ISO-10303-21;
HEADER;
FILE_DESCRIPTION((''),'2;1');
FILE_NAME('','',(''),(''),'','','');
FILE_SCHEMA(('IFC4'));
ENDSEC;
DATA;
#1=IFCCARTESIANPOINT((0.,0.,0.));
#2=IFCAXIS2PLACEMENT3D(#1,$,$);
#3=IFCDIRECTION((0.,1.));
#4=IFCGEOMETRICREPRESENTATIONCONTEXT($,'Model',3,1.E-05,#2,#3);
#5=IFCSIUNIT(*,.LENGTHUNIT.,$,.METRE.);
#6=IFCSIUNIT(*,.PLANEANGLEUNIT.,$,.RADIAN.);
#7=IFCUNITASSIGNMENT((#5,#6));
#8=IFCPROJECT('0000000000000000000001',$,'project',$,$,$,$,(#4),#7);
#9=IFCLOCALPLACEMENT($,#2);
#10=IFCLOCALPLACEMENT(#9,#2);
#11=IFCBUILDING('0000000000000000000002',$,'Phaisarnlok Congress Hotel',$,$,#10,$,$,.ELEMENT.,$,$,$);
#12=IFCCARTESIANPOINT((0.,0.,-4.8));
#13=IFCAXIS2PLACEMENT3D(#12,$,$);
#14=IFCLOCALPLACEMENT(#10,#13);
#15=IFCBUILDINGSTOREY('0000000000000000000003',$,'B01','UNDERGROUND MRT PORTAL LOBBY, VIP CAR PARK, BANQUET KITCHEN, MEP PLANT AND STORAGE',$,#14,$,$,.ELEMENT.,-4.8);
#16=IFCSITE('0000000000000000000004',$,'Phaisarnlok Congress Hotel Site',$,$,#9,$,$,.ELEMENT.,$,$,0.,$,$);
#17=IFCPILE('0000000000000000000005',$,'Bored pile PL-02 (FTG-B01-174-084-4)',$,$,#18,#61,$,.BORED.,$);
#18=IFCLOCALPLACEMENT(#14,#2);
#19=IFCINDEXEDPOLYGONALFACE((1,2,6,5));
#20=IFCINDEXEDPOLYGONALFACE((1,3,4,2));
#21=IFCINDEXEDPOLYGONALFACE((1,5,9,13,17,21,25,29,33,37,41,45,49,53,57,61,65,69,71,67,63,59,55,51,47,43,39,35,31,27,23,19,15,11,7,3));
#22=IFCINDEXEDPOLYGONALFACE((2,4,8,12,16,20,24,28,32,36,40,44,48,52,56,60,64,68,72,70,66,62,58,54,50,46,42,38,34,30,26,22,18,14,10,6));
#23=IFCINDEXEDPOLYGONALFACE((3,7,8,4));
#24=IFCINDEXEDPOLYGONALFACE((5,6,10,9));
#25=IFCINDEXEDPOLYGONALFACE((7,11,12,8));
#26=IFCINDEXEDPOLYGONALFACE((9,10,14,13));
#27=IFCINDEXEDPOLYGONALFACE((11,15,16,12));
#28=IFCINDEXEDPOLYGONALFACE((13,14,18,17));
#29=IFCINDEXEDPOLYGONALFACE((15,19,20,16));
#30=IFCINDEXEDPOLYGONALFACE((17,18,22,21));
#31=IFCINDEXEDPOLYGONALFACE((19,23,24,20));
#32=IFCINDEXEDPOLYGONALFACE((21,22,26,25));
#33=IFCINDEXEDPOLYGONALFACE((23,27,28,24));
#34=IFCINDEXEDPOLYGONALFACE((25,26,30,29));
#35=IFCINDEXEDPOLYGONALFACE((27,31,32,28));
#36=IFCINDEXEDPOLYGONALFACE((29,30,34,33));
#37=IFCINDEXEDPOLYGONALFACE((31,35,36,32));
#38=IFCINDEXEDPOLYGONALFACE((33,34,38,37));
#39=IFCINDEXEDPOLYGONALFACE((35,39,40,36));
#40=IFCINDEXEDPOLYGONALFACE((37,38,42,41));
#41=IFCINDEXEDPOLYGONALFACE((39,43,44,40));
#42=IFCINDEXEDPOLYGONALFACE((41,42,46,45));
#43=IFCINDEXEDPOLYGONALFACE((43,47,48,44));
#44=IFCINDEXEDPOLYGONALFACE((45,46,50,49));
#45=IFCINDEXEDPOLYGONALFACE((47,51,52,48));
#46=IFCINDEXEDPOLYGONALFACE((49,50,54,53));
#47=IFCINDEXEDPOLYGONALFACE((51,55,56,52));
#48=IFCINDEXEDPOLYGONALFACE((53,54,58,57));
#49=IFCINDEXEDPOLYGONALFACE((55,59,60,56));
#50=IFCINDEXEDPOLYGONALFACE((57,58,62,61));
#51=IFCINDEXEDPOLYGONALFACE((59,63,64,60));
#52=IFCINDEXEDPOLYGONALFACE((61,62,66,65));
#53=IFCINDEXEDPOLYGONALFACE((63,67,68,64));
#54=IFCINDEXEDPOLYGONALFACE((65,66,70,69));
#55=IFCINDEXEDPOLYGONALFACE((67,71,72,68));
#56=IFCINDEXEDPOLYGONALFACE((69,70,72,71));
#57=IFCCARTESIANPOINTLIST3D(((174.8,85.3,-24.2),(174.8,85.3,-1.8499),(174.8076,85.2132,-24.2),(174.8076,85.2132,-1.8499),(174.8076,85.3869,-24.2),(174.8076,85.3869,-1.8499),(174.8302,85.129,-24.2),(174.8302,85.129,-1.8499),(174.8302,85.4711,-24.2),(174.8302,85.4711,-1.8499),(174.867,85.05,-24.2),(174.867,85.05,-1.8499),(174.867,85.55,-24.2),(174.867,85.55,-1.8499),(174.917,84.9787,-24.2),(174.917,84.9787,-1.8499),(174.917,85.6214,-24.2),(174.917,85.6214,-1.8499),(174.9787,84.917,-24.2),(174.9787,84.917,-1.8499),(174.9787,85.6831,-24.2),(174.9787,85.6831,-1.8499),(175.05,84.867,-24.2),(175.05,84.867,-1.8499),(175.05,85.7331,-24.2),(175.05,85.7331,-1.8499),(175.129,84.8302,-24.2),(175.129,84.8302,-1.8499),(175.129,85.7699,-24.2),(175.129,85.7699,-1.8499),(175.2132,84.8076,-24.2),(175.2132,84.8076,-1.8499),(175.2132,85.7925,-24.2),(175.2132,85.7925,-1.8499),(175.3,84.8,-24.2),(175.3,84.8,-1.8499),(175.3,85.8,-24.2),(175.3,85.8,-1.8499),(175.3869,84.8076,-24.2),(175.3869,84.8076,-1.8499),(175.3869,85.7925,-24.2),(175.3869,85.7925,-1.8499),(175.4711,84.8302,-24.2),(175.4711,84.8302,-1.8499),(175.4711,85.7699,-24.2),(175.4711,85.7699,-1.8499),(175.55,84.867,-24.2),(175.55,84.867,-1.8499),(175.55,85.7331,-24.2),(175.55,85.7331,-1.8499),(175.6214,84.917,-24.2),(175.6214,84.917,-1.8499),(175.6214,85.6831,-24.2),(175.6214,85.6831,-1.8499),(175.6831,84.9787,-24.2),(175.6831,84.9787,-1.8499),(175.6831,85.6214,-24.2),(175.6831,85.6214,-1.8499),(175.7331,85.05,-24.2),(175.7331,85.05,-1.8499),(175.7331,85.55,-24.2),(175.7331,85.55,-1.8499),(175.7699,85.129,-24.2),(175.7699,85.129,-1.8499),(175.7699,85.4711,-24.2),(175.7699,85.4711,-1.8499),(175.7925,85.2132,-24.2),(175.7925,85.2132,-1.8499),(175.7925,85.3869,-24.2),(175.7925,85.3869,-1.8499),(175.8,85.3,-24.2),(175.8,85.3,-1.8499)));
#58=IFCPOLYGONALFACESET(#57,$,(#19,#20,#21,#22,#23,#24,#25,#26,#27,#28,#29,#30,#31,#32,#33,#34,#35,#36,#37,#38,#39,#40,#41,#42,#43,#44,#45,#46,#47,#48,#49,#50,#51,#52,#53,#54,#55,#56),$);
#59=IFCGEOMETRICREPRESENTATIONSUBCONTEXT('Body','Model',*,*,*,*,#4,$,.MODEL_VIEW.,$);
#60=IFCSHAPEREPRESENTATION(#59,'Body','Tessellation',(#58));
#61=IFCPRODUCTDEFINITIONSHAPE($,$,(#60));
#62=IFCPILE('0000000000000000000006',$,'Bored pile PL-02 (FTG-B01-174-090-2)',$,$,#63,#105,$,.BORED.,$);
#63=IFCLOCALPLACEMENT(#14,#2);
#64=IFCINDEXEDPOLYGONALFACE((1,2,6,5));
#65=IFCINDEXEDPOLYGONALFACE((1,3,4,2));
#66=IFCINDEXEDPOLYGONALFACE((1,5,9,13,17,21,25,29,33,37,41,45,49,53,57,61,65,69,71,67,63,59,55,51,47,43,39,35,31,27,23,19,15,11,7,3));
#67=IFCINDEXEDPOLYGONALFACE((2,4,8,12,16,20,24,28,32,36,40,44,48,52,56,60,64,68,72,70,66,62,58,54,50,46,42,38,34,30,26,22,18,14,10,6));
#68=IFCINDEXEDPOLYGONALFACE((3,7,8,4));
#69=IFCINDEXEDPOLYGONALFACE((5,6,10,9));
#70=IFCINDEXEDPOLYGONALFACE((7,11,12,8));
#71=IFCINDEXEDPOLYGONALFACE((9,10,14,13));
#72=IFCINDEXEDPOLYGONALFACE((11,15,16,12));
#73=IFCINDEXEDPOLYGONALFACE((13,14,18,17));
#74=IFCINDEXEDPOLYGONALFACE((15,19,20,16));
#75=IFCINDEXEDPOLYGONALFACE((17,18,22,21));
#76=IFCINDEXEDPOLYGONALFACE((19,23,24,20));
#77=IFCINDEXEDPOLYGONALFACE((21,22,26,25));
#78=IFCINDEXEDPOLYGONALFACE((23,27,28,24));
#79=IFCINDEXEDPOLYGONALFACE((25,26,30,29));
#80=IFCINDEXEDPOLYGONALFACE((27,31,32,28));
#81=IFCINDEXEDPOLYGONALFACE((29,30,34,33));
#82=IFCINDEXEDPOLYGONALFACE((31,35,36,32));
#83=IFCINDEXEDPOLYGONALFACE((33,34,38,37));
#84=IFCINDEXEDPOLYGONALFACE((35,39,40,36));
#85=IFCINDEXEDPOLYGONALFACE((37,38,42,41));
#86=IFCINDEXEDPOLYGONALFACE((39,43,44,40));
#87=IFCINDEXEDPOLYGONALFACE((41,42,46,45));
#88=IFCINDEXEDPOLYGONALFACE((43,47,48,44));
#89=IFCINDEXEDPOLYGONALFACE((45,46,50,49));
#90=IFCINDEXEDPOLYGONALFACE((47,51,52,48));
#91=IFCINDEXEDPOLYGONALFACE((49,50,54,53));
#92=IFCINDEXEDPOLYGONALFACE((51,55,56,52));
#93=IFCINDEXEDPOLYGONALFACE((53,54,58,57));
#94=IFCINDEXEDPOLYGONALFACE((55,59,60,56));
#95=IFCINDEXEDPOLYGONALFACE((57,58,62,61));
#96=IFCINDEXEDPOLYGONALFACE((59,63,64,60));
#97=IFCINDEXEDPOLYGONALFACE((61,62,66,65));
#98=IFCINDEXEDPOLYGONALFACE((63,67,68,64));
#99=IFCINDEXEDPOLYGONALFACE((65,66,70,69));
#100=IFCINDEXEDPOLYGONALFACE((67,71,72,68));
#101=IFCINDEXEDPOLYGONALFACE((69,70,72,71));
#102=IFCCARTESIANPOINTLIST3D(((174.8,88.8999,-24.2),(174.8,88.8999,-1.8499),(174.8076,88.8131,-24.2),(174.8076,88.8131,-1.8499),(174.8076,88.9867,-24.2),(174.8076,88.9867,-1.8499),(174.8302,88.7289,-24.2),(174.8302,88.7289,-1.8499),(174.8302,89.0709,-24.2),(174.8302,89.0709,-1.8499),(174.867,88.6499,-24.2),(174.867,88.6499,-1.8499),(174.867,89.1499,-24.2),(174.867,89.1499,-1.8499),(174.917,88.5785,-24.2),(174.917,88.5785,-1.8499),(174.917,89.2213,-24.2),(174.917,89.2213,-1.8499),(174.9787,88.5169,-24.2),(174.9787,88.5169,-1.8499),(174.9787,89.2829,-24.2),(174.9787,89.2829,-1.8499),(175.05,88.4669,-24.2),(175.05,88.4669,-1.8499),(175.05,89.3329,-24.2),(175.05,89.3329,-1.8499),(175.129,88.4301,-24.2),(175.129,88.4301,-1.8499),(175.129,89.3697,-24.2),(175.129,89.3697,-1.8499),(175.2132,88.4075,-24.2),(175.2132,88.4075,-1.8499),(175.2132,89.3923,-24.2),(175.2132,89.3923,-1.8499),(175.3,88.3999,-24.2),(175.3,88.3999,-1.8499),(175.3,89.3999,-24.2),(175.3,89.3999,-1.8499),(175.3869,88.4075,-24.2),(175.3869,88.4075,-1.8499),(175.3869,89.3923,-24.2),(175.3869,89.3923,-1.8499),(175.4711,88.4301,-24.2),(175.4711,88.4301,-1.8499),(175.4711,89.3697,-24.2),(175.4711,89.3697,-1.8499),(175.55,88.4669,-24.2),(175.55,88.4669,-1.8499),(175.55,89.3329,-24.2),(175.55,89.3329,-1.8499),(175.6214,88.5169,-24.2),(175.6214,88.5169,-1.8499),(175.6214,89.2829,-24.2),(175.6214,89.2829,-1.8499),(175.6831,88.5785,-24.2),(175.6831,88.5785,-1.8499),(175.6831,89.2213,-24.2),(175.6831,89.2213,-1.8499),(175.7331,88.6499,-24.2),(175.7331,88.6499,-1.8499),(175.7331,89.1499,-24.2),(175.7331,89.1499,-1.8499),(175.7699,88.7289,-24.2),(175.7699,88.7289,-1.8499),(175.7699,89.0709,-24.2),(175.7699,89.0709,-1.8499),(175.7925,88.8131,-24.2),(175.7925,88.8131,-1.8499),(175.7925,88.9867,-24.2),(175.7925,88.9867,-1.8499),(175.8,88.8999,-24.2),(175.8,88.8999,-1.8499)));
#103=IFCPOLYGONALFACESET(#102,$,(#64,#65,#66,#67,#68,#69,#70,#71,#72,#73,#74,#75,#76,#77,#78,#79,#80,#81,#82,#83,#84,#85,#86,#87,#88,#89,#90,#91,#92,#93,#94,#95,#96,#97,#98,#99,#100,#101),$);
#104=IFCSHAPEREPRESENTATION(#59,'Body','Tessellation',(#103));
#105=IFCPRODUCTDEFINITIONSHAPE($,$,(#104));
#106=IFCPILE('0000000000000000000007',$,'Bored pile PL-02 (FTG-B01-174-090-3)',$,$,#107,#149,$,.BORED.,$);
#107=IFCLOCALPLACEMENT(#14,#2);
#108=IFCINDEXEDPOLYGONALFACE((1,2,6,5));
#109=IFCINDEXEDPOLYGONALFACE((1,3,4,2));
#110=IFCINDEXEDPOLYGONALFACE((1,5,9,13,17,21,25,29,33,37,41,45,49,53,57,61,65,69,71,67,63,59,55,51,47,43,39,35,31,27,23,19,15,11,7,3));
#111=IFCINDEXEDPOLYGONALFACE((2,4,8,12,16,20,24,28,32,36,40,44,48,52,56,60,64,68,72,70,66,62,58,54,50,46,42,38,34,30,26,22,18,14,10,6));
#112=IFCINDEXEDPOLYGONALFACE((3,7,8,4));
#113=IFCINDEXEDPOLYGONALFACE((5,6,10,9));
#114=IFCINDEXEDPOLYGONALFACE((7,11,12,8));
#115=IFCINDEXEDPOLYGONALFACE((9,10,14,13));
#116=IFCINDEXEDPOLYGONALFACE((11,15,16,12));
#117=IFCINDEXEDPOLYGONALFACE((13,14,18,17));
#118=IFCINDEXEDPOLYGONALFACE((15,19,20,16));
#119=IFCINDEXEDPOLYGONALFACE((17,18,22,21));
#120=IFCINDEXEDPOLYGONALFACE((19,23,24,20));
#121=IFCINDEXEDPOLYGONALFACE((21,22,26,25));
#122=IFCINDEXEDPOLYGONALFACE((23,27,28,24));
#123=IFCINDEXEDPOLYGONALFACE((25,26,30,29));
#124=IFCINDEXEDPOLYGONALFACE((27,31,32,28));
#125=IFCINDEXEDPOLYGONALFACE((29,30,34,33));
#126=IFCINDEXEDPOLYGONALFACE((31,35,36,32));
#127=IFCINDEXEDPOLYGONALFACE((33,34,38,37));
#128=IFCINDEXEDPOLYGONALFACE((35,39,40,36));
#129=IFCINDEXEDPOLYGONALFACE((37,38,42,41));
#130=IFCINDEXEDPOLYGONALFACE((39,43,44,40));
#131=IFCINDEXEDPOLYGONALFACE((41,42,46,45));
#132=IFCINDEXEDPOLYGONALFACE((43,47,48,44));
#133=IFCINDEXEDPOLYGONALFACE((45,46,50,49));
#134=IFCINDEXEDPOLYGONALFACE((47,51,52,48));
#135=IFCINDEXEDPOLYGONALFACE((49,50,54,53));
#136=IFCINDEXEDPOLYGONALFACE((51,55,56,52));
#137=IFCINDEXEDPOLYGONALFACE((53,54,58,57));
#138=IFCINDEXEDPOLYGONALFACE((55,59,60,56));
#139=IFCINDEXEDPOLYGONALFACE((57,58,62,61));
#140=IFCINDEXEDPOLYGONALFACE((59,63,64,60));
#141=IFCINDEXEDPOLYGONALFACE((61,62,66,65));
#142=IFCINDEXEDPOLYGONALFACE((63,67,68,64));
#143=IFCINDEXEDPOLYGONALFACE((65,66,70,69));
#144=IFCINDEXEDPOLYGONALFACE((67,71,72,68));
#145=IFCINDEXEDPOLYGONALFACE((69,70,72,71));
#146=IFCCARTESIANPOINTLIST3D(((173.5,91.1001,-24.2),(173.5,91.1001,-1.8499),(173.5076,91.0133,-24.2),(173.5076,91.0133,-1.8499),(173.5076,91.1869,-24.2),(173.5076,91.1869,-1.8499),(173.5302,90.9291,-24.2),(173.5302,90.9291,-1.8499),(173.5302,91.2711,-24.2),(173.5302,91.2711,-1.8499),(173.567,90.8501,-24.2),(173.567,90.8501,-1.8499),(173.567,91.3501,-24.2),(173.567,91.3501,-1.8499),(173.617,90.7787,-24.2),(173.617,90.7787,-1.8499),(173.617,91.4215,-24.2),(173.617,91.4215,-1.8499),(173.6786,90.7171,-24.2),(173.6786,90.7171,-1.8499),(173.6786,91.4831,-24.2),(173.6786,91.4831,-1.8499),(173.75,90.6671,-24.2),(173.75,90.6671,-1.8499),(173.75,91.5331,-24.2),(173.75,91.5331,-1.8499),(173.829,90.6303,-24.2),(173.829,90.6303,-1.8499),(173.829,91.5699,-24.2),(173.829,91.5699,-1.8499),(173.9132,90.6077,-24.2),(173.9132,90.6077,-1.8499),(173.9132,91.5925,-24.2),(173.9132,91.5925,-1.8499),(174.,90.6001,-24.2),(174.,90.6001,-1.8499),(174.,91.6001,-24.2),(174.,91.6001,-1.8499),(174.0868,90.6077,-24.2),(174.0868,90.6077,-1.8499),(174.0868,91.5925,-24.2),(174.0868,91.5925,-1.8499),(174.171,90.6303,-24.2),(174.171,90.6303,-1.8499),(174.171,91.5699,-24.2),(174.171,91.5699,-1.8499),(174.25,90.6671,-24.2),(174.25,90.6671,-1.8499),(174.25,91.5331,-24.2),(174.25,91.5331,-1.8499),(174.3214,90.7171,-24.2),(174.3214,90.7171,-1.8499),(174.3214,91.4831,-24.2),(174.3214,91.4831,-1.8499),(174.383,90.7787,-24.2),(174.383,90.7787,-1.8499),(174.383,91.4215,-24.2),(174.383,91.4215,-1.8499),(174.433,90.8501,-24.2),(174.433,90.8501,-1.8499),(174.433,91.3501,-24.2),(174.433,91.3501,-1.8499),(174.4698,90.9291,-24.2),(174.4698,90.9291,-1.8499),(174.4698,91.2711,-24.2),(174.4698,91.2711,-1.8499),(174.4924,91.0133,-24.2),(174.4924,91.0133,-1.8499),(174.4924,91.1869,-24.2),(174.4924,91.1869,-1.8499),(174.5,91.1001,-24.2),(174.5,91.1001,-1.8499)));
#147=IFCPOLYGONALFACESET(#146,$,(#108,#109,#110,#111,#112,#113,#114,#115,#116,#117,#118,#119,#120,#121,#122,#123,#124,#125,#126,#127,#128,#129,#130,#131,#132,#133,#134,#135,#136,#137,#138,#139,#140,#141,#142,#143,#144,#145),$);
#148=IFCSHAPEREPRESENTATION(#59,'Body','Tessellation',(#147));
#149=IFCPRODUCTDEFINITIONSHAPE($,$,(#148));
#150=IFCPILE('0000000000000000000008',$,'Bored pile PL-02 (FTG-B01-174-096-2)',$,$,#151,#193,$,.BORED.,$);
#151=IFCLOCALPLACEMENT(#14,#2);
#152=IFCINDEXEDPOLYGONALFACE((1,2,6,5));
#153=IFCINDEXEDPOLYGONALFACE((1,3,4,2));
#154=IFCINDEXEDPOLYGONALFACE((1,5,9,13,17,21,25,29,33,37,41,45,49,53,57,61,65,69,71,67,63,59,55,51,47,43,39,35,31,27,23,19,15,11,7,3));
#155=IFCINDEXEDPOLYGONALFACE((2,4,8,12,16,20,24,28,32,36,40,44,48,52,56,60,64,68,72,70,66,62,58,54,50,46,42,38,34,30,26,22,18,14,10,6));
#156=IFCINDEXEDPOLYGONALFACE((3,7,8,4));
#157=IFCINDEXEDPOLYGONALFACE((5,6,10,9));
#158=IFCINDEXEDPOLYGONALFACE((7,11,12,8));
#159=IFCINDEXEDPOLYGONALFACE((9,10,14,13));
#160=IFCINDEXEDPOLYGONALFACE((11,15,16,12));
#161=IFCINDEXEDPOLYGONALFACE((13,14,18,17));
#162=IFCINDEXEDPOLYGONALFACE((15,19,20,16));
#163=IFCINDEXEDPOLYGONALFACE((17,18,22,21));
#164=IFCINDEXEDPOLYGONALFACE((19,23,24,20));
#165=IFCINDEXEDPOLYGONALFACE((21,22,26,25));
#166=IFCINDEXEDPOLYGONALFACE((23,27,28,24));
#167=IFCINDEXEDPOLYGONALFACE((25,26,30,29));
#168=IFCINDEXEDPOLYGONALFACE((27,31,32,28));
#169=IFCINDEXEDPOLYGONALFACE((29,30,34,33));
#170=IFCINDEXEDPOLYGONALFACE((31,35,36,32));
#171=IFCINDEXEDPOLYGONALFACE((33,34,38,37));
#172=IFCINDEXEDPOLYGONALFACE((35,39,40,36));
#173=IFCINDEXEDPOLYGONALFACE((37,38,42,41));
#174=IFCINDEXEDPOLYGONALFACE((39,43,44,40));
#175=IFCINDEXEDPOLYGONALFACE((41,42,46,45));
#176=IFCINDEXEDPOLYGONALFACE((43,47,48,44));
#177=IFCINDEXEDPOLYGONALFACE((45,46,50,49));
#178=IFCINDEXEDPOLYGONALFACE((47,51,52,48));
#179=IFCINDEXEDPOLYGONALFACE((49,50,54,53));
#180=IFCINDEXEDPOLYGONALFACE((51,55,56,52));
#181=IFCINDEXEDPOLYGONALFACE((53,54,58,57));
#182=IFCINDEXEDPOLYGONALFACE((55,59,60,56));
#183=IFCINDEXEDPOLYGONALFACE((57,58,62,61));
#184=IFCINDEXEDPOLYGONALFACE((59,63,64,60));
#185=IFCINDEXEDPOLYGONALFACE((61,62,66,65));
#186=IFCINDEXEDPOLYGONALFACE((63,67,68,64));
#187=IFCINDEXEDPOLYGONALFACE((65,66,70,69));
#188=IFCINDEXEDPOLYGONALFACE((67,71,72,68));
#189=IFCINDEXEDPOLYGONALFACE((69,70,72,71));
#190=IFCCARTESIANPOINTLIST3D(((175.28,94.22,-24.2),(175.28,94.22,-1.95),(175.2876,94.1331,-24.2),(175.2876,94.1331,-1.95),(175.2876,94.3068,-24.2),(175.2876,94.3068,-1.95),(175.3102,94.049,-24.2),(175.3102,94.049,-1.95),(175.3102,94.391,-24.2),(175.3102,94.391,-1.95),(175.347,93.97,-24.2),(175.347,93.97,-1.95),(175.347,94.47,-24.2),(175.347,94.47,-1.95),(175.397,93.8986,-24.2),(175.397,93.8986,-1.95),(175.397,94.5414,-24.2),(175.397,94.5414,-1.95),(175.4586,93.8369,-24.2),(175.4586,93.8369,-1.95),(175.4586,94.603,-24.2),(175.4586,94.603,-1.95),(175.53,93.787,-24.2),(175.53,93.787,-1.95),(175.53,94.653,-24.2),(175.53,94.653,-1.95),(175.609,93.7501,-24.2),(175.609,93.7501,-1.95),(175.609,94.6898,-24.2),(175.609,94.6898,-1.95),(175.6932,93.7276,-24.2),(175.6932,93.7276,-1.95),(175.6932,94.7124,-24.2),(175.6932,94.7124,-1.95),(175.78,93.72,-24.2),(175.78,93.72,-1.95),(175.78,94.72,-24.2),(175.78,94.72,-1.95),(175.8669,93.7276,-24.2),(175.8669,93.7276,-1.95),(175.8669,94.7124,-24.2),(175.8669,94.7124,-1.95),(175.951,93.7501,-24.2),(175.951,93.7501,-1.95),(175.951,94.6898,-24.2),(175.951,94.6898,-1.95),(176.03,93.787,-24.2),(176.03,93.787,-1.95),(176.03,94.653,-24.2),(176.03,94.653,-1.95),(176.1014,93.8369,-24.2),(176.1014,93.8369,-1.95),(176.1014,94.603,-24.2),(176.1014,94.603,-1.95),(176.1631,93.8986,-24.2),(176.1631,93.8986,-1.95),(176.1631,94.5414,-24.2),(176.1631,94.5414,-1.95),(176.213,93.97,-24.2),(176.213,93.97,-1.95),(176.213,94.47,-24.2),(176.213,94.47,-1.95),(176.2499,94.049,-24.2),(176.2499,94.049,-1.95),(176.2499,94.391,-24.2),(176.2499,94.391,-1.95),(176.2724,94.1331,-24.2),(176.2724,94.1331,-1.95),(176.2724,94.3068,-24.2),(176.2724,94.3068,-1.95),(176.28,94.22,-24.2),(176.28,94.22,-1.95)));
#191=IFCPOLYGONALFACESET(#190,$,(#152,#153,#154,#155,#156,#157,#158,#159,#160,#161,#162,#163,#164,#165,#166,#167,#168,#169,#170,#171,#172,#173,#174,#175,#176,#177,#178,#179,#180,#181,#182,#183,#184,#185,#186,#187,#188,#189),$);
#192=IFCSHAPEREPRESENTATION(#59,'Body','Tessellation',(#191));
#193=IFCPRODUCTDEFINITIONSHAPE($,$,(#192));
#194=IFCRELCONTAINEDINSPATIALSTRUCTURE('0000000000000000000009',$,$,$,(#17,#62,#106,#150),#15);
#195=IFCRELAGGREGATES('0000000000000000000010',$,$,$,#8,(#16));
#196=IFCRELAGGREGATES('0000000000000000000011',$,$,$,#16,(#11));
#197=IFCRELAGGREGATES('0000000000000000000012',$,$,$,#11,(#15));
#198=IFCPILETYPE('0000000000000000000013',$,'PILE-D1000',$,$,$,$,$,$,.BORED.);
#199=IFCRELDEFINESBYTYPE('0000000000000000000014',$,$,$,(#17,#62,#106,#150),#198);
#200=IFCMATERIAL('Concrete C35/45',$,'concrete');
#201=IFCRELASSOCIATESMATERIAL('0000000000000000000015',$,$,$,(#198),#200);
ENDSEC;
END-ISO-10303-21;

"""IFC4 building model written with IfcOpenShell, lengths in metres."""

from ifc_helpers import new_model, si_unit, direction, frame, origin, origin_2d, place, context, subcontext, project, spatial, circle, extrude, material, material_profile, profile_set, type_object, element, save


model = new_model("IFC4")

# Units and contexts
model_context = context("Model", 3, precision=1e-05, world=origin(), true_north=direction((0.0, 1.0)))
body_context = subcontext(model_context, "Body", "Model", "MODEL_VIEW")
ifc_project = project(units=[si_unit("LENGTHUNIT", "METRE"), si_unit("PLANEANGLEUNIT", "RADIAN")], contexts=[model_context])

# Site, building, storey
site_placement = place(None, origin())
site = spatial("IfcSite", under=ifc_project, at=site_placement, Name="Phaisarnlok Congress Hotel Site", CompositionType="ELEMENT", RefElevation=0.0)
building_placement = place(site_placement, origin())
building = spatial("IfcBuilding", under=site, at=building_placement, Name="Phaisarnlok Congress Hotel", CompositionType="ELEMENT")
storey_placement = place(building_placement, frame((0.0, 0.0, -4.8)))
storey = spatial("IfcBuildingStorey", under=building, at=storey_placement, Name="B01", Description="UNDERGROUND MRT PORTAL LOBBY, VIP CAR PARK, BANQUET KITCHEN, MEP PLANT AND STORAGE", CompositionType="ELEMENT", Elevation=-4.8)

# Piles
ifc_material_1 = material(Name="Concrete C35/45", Category="concrete")
ifc_material_profile_1 = material_profile(ifc_material_1, circle(Radius=0.5, at=origin_2d()), Name="BORED PILE D1000")
ifc_profile_set_1 = profile_set([ifc_material_profile_1], Name="Concrete C35/45")
pile_type = type_object("IfcPileType", Name="PILE-D1000", PredefinedType="BORED", material=ifc_profile_set_1)
for number, where, z_axis, x_axis, name in (
    (1, (175.3, 85.3, -1.8499), (0.0, 0.0, -1.0), (1.0, 0.0, 0.0), "Bored pile PL-02 (FTG-B01-174-084-4)"),
    (2, (175.3, 88.8999, -1.8499), (0.0, 0.0, -1.0), (1.0, 0.0, 0.0), "Bored pile PL-02 (FTG-B01-174-090-2)"),
    (3, (174.0, 91.1001, -1.8499), (0.0, 0.0, -1.0), (1.0, 0.0, 0.0), "Bored pile PL-02 (FTG-B01-174-090-3)"),
):
    element("IfcPile", number, at=place(storey_placement, frame(where, z_axis=z_axis, x_axis=x_axis)), inside=storey, type_object=pile_type, Name=name, PredefinedType="BORED", context=body_context, shape_type="SweptSolid", body=[
        extrude(circle(Radius=0.5, at=origin_2d()), origin(), (0.0, 0.0, 1.0), 22.3501),
    ])
for number, where, z_axis, x_axis, name in (
    (4, (175.78, 94.22, -1.95), (0.0, 0.0, -1.0), (1.0, 0.0, 0.0), "Bored pile PL-02 (FTG-B01-174-096-2)"),
):
    element("IfcPile", number, at=place(storey_placement, frame(where, z_axis=z_axis, x_axis=x_axis)), inside=storey, type_object=pile_type, Name=name, PredefinedType="BORED", context=body_context, shape_type="SweptSolid", body=[
        extrude(circle(Radius=0.5, at=origin_2d()), origin(), (0.0, 0.0, 1.0), 22.25),
    ])

save(model, "model.ifc")
